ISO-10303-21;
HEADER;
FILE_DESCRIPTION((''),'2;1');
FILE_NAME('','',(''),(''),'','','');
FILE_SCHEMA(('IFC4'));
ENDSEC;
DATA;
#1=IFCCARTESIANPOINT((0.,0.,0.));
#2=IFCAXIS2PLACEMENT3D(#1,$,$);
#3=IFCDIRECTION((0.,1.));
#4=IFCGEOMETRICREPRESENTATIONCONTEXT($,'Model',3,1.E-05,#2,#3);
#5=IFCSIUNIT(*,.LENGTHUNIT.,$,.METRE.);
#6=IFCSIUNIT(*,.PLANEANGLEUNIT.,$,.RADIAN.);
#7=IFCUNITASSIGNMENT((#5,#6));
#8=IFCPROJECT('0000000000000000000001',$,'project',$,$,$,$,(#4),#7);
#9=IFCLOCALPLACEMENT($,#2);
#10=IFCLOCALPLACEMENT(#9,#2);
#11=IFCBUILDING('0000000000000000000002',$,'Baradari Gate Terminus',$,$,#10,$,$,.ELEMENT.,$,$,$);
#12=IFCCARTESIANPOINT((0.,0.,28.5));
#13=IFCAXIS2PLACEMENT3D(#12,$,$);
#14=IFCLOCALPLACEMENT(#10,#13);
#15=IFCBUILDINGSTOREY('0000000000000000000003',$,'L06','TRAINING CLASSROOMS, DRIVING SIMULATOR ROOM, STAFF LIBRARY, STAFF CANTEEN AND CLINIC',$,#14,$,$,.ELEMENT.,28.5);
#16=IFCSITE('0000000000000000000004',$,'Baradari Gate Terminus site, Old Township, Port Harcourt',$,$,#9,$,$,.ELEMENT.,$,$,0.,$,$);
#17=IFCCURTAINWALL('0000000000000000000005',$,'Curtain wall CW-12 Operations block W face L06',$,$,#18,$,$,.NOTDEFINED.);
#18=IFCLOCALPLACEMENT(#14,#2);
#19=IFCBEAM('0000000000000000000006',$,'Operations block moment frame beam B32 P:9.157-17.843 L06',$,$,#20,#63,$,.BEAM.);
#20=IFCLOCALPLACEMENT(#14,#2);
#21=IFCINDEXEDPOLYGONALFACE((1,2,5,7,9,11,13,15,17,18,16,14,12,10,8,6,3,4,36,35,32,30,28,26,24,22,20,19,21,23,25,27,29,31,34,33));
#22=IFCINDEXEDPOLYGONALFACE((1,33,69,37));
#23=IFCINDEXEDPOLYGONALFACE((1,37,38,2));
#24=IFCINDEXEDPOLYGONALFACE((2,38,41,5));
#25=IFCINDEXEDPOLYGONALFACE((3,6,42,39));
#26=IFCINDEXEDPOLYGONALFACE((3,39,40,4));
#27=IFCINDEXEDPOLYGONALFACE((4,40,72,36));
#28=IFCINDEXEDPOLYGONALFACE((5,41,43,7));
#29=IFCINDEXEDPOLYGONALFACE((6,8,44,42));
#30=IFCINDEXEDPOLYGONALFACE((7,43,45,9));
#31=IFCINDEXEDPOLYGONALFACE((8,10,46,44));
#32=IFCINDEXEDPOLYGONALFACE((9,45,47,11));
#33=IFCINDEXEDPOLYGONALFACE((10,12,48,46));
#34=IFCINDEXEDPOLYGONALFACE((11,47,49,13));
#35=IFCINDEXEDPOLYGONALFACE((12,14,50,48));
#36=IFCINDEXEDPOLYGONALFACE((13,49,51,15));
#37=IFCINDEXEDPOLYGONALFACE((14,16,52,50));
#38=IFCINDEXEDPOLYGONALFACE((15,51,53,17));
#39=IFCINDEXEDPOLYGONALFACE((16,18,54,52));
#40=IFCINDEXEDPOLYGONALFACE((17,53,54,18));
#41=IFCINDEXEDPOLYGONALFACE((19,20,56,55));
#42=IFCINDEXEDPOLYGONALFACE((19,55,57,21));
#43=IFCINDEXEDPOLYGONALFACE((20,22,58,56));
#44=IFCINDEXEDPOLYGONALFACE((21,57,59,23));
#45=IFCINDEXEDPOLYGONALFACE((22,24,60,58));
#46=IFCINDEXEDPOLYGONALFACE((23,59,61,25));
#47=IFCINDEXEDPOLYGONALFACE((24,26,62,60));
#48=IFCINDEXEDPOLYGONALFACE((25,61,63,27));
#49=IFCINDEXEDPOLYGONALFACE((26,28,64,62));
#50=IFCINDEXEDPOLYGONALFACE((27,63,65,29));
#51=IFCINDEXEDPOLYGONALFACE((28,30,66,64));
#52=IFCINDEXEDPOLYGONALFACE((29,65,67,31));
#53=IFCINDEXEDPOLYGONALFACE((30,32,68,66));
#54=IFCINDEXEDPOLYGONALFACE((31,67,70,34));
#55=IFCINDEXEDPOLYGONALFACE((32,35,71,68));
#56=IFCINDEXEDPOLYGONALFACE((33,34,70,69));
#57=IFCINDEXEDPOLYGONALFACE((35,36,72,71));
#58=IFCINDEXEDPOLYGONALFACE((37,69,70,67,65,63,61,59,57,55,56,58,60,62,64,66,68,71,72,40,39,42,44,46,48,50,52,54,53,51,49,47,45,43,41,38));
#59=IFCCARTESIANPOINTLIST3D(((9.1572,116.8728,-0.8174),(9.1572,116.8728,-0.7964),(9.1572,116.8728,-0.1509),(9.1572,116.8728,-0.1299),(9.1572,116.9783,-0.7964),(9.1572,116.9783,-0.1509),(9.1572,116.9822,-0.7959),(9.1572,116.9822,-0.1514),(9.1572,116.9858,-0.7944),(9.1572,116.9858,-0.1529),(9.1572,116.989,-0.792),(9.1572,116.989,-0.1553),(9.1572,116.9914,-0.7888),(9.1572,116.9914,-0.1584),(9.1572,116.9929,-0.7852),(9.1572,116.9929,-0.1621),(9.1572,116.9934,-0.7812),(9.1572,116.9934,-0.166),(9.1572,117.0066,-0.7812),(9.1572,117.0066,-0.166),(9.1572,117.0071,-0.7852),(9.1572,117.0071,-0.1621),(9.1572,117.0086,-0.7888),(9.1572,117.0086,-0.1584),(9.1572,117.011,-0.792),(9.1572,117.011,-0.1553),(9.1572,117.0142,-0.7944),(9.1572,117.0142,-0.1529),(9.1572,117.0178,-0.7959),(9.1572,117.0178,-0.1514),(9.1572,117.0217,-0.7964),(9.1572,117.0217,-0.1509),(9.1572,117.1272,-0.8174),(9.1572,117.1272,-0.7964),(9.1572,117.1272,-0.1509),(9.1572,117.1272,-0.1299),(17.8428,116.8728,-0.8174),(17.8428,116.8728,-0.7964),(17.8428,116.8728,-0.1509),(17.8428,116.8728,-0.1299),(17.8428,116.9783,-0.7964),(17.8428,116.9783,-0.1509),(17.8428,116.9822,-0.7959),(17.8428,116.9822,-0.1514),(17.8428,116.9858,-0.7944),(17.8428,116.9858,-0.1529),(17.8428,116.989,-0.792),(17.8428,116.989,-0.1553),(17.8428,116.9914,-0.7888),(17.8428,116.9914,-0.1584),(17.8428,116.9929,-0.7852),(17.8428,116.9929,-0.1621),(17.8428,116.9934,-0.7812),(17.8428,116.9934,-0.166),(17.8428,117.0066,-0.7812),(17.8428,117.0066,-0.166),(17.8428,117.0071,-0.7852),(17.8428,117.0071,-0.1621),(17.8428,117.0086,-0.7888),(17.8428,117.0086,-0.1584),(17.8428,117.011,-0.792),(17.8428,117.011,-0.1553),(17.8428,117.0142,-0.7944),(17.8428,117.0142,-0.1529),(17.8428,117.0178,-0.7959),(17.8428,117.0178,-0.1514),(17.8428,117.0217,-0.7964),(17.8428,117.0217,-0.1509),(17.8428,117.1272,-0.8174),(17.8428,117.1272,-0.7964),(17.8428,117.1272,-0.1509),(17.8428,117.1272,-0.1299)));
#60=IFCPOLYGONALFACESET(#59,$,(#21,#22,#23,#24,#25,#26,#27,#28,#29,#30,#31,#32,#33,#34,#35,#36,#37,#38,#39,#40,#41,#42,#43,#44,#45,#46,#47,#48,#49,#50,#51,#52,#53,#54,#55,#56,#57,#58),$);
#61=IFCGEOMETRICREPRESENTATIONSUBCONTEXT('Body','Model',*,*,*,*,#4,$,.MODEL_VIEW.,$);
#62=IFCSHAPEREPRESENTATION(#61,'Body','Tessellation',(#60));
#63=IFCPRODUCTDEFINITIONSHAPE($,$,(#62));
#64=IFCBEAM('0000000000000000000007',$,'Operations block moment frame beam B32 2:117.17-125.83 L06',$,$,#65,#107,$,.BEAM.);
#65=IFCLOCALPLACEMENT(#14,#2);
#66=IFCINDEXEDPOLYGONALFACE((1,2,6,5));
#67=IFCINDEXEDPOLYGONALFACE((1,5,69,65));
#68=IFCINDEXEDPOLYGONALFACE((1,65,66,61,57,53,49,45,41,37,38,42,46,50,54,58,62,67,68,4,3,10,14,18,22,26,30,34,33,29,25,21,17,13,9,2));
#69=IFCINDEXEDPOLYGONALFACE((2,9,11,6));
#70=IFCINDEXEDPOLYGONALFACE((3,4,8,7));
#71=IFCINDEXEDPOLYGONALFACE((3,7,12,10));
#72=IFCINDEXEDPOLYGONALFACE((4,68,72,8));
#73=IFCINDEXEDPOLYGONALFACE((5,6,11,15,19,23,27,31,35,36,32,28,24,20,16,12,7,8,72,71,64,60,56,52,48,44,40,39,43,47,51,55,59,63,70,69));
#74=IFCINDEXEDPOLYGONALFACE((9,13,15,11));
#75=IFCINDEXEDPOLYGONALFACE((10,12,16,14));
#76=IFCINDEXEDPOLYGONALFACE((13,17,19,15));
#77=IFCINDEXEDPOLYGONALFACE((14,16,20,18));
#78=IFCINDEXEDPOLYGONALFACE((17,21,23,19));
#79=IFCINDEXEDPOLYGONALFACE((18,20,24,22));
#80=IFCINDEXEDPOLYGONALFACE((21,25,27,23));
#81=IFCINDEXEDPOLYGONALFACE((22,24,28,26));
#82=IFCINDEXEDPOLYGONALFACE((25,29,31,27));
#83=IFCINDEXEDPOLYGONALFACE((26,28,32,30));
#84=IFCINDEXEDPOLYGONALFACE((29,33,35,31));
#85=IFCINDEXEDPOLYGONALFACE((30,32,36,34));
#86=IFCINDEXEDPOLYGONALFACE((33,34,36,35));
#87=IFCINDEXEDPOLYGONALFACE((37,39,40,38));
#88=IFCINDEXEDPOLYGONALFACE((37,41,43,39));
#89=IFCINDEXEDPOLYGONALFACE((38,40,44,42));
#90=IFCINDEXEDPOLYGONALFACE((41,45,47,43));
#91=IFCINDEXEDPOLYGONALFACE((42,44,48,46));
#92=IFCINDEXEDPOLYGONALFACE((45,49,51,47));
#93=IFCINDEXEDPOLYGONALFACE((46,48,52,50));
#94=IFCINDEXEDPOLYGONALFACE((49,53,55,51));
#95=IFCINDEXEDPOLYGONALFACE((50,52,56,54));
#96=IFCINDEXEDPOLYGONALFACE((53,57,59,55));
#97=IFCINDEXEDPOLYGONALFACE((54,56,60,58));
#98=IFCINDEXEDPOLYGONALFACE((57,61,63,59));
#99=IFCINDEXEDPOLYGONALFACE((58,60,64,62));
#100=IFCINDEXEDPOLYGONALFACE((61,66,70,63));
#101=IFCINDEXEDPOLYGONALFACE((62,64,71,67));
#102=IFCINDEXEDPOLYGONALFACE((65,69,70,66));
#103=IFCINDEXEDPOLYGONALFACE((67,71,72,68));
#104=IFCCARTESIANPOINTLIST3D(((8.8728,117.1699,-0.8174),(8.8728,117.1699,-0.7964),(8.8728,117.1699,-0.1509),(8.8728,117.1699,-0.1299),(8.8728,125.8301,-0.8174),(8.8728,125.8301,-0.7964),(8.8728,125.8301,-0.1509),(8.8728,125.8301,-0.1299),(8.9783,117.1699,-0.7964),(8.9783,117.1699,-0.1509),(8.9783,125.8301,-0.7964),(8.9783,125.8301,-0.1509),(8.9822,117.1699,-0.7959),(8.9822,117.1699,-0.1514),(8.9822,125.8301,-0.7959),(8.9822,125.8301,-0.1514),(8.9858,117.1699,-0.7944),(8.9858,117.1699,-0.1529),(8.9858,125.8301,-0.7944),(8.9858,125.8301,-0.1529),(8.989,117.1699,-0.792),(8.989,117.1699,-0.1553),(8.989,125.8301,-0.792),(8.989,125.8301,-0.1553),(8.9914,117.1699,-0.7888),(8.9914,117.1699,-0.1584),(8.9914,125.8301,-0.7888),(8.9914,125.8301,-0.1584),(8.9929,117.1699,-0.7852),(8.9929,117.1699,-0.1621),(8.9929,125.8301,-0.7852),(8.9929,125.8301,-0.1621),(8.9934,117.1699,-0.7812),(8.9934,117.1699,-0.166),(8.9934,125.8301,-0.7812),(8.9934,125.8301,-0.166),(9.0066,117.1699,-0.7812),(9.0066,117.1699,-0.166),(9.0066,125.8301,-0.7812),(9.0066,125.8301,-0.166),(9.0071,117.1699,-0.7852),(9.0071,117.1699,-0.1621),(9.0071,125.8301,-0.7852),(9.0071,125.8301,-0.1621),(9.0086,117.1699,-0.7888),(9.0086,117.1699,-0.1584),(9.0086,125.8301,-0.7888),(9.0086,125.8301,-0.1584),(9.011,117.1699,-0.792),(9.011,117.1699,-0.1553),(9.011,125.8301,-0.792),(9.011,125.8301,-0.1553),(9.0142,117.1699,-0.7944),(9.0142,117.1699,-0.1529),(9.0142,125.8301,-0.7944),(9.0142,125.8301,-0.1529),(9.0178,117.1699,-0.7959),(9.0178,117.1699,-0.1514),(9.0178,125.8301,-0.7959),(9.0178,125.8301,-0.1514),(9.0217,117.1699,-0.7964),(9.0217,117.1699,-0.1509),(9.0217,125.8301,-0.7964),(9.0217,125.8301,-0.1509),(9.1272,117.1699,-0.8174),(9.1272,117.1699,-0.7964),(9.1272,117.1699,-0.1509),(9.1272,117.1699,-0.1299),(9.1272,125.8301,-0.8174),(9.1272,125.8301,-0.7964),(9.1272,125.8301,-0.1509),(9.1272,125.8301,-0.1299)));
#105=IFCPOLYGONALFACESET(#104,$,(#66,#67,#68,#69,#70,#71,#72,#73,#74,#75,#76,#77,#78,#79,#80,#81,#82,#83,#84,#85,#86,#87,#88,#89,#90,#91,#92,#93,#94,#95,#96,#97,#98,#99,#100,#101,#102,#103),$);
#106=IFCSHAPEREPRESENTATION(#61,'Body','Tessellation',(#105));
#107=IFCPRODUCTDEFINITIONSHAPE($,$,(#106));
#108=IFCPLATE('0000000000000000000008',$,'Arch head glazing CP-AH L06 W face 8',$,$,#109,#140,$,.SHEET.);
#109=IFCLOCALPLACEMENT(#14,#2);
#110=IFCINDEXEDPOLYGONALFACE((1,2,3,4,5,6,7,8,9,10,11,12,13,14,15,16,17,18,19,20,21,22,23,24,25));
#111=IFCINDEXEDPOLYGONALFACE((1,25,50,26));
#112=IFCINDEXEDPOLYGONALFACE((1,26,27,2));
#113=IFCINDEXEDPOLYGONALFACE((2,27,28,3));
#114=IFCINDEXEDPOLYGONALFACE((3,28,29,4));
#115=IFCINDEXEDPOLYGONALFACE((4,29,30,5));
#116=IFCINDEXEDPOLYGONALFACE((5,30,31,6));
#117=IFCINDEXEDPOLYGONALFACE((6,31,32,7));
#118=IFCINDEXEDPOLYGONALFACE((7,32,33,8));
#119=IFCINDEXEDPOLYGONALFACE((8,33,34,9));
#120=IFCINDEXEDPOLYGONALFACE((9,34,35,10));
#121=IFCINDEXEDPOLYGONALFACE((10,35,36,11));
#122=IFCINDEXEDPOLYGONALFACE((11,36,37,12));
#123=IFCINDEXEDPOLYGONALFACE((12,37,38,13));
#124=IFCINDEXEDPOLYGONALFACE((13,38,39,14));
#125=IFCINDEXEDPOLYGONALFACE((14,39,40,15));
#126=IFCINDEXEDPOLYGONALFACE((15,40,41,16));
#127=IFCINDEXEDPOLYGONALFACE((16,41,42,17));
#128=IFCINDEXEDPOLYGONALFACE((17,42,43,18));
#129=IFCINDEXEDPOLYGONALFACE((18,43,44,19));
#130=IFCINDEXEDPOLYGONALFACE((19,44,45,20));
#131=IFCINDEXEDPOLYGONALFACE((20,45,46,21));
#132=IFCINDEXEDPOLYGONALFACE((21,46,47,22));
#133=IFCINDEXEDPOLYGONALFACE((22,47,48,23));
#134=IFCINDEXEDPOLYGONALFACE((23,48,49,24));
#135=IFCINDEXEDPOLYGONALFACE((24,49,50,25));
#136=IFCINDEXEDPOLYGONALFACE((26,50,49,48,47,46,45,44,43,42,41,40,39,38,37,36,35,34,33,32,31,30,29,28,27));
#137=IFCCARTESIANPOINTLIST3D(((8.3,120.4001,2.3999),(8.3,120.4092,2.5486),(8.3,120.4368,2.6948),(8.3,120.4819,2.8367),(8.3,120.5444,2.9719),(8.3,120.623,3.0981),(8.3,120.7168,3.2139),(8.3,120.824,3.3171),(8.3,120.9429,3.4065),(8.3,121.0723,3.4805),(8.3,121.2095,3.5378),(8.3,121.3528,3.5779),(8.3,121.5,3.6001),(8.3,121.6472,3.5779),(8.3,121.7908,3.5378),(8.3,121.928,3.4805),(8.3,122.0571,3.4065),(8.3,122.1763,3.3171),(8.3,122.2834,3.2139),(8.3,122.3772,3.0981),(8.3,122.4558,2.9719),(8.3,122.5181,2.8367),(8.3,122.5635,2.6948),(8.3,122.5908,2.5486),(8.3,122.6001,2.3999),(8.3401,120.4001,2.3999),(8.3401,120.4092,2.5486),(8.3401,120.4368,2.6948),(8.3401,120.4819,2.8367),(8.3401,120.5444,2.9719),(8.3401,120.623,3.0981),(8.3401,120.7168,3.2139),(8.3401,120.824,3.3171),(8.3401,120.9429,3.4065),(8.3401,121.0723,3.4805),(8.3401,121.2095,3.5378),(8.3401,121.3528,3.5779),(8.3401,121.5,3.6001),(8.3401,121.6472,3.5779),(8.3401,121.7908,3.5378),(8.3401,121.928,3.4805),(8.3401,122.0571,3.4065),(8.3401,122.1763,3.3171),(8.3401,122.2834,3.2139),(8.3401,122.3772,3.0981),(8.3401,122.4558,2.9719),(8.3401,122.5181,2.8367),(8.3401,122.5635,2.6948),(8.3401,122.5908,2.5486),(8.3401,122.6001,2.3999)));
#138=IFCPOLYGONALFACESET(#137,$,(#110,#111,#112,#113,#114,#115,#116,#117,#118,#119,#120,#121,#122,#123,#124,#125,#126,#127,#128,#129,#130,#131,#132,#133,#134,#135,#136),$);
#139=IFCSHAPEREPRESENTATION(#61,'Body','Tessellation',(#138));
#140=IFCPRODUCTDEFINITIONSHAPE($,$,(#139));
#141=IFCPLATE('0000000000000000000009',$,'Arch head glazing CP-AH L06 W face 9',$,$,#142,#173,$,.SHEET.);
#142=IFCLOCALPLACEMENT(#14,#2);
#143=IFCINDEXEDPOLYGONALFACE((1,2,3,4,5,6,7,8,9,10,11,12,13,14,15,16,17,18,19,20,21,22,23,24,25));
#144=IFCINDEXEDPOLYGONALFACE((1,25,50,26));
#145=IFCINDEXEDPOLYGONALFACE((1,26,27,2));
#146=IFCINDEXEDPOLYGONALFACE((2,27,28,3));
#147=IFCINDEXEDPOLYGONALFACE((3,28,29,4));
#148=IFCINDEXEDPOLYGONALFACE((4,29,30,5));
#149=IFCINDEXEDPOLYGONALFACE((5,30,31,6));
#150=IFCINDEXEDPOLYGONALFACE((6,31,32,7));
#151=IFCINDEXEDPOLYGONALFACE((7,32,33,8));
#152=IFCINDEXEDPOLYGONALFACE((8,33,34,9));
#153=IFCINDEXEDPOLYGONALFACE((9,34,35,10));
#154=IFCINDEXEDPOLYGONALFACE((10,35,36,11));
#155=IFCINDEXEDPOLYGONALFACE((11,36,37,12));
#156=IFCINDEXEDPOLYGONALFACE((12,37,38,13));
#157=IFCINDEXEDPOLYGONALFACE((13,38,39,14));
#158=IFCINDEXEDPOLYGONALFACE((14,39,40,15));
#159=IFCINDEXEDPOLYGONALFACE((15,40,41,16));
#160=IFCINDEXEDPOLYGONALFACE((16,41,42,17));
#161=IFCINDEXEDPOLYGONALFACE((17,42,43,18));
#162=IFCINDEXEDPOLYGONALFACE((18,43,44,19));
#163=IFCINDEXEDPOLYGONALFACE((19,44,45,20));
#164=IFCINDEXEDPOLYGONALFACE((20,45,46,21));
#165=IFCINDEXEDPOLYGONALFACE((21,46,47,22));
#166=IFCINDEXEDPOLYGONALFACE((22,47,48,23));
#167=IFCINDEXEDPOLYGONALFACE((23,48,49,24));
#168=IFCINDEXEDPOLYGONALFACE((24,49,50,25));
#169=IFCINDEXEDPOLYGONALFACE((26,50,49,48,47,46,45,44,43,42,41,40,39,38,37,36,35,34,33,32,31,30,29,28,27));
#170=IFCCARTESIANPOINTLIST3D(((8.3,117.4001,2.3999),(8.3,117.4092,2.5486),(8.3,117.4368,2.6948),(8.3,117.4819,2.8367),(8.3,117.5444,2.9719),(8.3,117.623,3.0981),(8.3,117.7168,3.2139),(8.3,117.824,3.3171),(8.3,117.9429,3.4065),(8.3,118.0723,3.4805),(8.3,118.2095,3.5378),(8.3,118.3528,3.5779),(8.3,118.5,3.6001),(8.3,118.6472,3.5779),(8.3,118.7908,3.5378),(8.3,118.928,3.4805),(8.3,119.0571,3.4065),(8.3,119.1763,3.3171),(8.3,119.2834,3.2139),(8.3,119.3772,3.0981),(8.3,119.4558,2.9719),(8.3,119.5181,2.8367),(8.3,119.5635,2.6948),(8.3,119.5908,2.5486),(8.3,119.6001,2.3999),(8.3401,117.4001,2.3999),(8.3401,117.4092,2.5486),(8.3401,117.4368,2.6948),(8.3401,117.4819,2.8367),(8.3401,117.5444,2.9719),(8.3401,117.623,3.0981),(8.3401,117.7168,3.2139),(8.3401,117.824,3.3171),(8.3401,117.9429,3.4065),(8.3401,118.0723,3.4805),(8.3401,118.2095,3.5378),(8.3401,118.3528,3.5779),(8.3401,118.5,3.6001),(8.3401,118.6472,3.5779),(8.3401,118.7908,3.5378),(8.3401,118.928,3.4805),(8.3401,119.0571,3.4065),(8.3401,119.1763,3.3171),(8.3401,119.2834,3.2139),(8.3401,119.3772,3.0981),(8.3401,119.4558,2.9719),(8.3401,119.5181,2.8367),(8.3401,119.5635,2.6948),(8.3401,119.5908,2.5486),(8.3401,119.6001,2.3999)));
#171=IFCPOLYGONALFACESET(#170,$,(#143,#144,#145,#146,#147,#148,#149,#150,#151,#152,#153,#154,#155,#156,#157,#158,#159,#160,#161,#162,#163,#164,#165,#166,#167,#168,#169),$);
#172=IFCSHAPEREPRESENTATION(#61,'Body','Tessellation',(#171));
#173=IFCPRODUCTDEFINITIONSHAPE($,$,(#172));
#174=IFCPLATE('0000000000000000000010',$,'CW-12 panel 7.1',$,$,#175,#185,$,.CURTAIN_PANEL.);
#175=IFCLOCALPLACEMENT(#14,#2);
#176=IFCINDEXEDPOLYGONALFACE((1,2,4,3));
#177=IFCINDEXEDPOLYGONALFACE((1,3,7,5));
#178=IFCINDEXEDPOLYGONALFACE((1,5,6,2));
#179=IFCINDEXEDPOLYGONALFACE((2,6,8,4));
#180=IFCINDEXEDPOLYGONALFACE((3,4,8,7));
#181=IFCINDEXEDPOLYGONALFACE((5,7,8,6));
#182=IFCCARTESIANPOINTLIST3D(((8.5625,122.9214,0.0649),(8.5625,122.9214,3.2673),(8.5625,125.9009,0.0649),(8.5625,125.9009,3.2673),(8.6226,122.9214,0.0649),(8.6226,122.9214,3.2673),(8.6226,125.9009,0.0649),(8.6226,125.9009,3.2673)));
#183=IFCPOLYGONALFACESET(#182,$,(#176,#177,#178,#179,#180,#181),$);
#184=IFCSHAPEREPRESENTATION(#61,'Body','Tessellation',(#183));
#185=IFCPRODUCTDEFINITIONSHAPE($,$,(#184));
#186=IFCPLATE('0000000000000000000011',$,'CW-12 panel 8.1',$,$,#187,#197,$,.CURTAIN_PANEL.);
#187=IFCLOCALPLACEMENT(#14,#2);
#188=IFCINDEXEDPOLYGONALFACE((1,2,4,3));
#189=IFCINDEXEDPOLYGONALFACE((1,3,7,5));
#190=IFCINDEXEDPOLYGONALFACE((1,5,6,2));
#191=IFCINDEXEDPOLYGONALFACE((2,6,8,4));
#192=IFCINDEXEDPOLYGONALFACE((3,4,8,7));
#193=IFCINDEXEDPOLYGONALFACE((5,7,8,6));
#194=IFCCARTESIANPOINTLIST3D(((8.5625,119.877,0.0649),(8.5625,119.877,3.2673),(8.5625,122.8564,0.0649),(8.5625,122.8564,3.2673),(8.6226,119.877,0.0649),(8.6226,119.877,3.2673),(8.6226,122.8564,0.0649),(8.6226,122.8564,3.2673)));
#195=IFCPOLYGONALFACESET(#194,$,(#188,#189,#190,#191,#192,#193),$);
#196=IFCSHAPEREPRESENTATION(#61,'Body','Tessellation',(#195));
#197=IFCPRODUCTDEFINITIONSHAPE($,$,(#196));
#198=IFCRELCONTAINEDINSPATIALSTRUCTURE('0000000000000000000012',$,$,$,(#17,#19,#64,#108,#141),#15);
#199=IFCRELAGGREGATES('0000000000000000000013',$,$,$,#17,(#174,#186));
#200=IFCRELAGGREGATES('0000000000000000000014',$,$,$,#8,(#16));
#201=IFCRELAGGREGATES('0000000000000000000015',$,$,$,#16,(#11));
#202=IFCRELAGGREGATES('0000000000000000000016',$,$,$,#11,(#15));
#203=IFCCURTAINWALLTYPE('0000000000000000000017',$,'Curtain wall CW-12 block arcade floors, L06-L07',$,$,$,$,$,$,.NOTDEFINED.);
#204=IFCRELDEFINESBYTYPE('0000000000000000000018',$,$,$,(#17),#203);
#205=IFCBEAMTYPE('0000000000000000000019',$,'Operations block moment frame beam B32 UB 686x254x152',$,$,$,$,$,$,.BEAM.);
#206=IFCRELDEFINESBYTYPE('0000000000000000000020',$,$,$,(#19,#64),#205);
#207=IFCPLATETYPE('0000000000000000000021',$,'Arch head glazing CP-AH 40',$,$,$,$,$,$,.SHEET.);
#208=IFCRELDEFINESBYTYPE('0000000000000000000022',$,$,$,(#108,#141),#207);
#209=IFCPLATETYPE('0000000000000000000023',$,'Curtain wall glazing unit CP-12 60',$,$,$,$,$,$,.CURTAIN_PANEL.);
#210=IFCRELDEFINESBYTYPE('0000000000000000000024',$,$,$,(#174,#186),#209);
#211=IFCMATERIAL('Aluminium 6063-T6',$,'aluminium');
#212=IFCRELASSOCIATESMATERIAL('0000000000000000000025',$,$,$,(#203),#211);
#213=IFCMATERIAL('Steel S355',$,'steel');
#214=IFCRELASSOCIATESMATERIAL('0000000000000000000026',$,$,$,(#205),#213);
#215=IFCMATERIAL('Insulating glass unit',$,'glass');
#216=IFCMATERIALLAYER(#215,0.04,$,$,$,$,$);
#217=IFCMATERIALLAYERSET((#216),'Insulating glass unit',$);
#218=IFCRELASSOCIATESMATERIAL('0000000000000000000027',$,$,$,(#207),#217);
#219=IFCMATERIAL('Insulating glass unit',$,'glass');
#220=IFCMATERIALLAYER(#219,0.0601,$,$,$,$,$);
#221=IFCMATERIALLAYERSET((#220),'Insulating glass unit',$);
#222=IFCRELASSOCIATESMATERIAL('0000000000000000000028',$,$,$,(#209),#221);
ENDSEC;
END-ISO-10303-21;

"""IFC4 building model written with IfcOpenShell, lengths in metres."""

from ifc_helpers import new_model, si_unit, direction, frame, origin, origin_2d, place, context, subcontext, project, spatial, polyline, rectangle, i_section, outline, extrude, material, layer, layer_set, material_profile, profile_set, type_object, element, aggregate, save


model = new_model("IFC4")

# Units and contexts
model_context = context("Model", 3, precision=1e-05, world=origin(), true_north=direction((0.0, 1.0)))
body_context = subcontext(model_context, "Body", "Model", "MODEL_VIEW")
ifc_project = project(units=[si_unit("LENGTHUNIT", "METRE"), si_unit("PLANEANGLEUNIT", "RADIAN")], contexts=[model_context])

# Site, building, storey
site_placement = place(None, origin())
site = spatial("IfcSite", under=ifc_project, at=site_placement, Name="Baradari Gate Terminus site, Old Township, Port Harcourt", CompositionType="ELEMENT", RefElevation=0.0)
building_placement = place(site_placement, origin())
building = spatial("IfcBuilding", under=site, at=building_placement, Name="Baradari Gate Terminus", CompositionType="ELEMENT")
storey_placement = place(building_placement, frame((0.0, 0.0, 28.5)))
storey = spatial("IfcBuildingStorey", under=building, at=storey_placement, Name="L06", Description="TRAINING CLASSROOMS, DRIVING SIMULATOR ROOM, STAFF LIBRARY, STAFF CANTEEN AND CLINIC", CompositionType="ELEMENT", Elevation=28.5)

# Curtain wall
ifc_material_1 = material(Name="Aluminium 6063-T6", Category="aluminium")
curtain_wall_type = type_object("IfcCurtainWallType", Name="Curtain wall CW-12 block arcade floors, L06-L07", PredefinedType="NOTDEFINED", material=ifc_material_1)
curtain_wall_placement = place(storey_placement, origin())
curtain_wall = element("IfcCurtainWall", 1, at=curtain_wall_placement, inside=storey, type_object=curtain_wall_type, Name="Curtain wall CW-12 Operations block W face L06", PredefinedType="NOTDEFINED")

# Beams
ifc_material_2 = material(Name="Steel S355", Category="steel")
ifc_material_profile_1 = material_profile(ifc_material_2, i_section(OverallWidth=0.2544, OverallDepth=0.6875, WebThickness=0.0132, FlangeThickness=0.021, FilletRadius=0.0151, at=origin_2d()), Name="UB 686x254x152")
ifc_profile_set_1 = profile_set([ifc_material_profile_1], Name="Steel S355")
beam_type = type_object("IfcBeamType", Name="Operations block moment frame beam B32 UB 686x254x152", PredefinedType="BEAM", material=ifc_profile_set_1)
beam_1_placement = place(storey_placement, frame((9.1572, 117.0, -0.4736), z_axis=(1.0, 0.0, 0.0), x_axis=(0.0, 1.0, 0.0)))
element("IfcBeam", 2, at=beam_1_placement, inside=storey, type_object=beam_type, Name="Operations block moment frame beam B32 P:9.157-17.843 L06", PredefinedType="BEAM", context=body_context, shape_type="SweptSolid", body=[
    extrude(i_section(OverallWidth=0.2544, OverallDepth=0.6875, WebThickness=0.0132, FlangeThickness=0.021, FilletRadius=0.0151, at=origin_2d()), origin(), (0.0, 0.0, 1.0), 8.6855),
])
beam_2_placement = place(storey_placement, frame((9.0, 117.1699, -0.4736), z_axis=(0.0, 1.0, 0.0), x_axis=(-1.0, 0.0, 0.0)))
element("IfcBeam", 3, at=beam_2_placement, inside=storey, type_object=beam_type, Name="Operations block moment frame beam B32 2:117.17-125.83 L06", PredefinedType="BEAM", context=body_context, shape_type="SweptSolid", body=[
    extrude(i_section(OverallWidth=0.2544, OverallDepth=0.6875, WebThickness=0.0132, FlangeThickness=0.021, FilletRadius=0.0151, at=origin_2d()), origin(), (0.0, 0.0, 1.0), 8.6602),
])

# Plates
ifc_material_3 = material(Name="Insulating glass unit", Category="glass")
ifc_layer_1 = layer(ifc_material_3, 0.04)
ifc_layer_set_1 = layer_set([ifc_layer_1], Name="Insulating glass unit")
plate_type_1 = type_object("IfcPlateType", Name="Arch head glazing CP-AH 40", PredefinedType="SHEET", material=ifc_layer_set_1)
for number, where, z_axis, x_axis, name in (
    (4, (8.3201, 122.6001, 2.3999), (0.0, 0.0, 1.0), (0.0, -1.0, 0.0), "Arch head glazing CP-AH L06 W face 8"),
    (5, (8.3201, 119.6001, 2.3999), (0.0, 0.0, 1.0), (0.0, -1.0, 0.0), "Arch head glazing CP-AH L06 W face 9"),
):
    element("IfcPlate", number, at=place(storey_placement, frame(where, z_axis=z_axis, x_axis=x_axis)), inside=storey, type_object=plate_type_1, Name=name, PredefinedType="SHEET", context=body_context, shape_type="SweptSolid", body=[
        extrude(outline(polyline([(0.0, 0.0), (2.2, 0.0), (2.1909, 0.1487), (2.1633, 0.2949), (2.1182, 0.4368), (2.0557, 0.572), (1.9771, 0.6982), (1.8833, 0.814), (1.7761, 0.9172), (1.6572, 1.0066), (1.5278, 1.0806), (1.3906, 1.1379), (1.2473, 1.178), (1.1001, 1.2002), (0.9529, 1.178), (0.8093, 1.1379), (0.6721, 1.0806), (0.543, 1.0066), (0.4238, 0.9172), (0.3167, 0.814), (0.2229, 0.6982), (0.1443, 0.572), (0.082, 0.4368), (0.0366, 0.2949), (0.0093, 0.1487), (0.0, 0.0)])), frame((0.0, 0.02, 0.0), z_axis=(0.0, -1.0, 0.0), x_axis=(1.0, 0.0, 0.0)), (0.0, 0.0, 1.0), 0.04),
    ])

# Plates
ifc_material_4 = material(Name="Insulating glass unit", Category="glass")
ifc_layer_2 = layer(ifc_material_4, 0.0601)
ifc_layer_set_2 = layer_set([ifc_layer_2], Name="Insulating glass unit")
plate_type_2 = type_object("IfcPlateType", Name="Curtain wall glazing unit CP-12 60", PredefinedType="CURTAIN_PANEL", material=ifc_layer_set_2)
plate_1_placement = place(storey_placement, frame((8.5925, 124.4111, 0.0649), z_axis=(0.0, 0.0, 1.0), x_axis=(0.0, -1.0, 0.0)))
plate_1 = element("IfcPlate", 6, at=plate_1_placement, type_object=plate_type_2, Name="CW-12 panel 7.1", PredefinedType="CURTAIN_PANEL", context=body_context, shape_type="SweptSolid", body=[
    extrude(rectangle(XDim=2.9795, YDim=0.0601, at=origin_2d()), origin(), (0.0, 0.0, 1.0), 3.2024),
])
plate_2_placement = place(storey_placement, frame((8.5925, 121.3667, 0.0649), z_axis=(0.0, 0.0, 1.0), x_axis=(0.0, -1.0, 0.0)))
plate_2 = element("IfcPlate", 7, at=plate_2_placement, type_object=plate_type_2, Name="CW-12 panel 8.1", PredefinedType="CURTAIN_PANEL", context=body_context, shape_type="SweptSolid", body=[
    extrude(rectangle(XDim=2.9795, YDim=0.0601, at=origin_2d()), origin(), (0.0, 0.0, 1.0), 3.2024),
])
aggregate(curtain_wall, [plate_1, plate_2])

save(model, "model.ifc")
